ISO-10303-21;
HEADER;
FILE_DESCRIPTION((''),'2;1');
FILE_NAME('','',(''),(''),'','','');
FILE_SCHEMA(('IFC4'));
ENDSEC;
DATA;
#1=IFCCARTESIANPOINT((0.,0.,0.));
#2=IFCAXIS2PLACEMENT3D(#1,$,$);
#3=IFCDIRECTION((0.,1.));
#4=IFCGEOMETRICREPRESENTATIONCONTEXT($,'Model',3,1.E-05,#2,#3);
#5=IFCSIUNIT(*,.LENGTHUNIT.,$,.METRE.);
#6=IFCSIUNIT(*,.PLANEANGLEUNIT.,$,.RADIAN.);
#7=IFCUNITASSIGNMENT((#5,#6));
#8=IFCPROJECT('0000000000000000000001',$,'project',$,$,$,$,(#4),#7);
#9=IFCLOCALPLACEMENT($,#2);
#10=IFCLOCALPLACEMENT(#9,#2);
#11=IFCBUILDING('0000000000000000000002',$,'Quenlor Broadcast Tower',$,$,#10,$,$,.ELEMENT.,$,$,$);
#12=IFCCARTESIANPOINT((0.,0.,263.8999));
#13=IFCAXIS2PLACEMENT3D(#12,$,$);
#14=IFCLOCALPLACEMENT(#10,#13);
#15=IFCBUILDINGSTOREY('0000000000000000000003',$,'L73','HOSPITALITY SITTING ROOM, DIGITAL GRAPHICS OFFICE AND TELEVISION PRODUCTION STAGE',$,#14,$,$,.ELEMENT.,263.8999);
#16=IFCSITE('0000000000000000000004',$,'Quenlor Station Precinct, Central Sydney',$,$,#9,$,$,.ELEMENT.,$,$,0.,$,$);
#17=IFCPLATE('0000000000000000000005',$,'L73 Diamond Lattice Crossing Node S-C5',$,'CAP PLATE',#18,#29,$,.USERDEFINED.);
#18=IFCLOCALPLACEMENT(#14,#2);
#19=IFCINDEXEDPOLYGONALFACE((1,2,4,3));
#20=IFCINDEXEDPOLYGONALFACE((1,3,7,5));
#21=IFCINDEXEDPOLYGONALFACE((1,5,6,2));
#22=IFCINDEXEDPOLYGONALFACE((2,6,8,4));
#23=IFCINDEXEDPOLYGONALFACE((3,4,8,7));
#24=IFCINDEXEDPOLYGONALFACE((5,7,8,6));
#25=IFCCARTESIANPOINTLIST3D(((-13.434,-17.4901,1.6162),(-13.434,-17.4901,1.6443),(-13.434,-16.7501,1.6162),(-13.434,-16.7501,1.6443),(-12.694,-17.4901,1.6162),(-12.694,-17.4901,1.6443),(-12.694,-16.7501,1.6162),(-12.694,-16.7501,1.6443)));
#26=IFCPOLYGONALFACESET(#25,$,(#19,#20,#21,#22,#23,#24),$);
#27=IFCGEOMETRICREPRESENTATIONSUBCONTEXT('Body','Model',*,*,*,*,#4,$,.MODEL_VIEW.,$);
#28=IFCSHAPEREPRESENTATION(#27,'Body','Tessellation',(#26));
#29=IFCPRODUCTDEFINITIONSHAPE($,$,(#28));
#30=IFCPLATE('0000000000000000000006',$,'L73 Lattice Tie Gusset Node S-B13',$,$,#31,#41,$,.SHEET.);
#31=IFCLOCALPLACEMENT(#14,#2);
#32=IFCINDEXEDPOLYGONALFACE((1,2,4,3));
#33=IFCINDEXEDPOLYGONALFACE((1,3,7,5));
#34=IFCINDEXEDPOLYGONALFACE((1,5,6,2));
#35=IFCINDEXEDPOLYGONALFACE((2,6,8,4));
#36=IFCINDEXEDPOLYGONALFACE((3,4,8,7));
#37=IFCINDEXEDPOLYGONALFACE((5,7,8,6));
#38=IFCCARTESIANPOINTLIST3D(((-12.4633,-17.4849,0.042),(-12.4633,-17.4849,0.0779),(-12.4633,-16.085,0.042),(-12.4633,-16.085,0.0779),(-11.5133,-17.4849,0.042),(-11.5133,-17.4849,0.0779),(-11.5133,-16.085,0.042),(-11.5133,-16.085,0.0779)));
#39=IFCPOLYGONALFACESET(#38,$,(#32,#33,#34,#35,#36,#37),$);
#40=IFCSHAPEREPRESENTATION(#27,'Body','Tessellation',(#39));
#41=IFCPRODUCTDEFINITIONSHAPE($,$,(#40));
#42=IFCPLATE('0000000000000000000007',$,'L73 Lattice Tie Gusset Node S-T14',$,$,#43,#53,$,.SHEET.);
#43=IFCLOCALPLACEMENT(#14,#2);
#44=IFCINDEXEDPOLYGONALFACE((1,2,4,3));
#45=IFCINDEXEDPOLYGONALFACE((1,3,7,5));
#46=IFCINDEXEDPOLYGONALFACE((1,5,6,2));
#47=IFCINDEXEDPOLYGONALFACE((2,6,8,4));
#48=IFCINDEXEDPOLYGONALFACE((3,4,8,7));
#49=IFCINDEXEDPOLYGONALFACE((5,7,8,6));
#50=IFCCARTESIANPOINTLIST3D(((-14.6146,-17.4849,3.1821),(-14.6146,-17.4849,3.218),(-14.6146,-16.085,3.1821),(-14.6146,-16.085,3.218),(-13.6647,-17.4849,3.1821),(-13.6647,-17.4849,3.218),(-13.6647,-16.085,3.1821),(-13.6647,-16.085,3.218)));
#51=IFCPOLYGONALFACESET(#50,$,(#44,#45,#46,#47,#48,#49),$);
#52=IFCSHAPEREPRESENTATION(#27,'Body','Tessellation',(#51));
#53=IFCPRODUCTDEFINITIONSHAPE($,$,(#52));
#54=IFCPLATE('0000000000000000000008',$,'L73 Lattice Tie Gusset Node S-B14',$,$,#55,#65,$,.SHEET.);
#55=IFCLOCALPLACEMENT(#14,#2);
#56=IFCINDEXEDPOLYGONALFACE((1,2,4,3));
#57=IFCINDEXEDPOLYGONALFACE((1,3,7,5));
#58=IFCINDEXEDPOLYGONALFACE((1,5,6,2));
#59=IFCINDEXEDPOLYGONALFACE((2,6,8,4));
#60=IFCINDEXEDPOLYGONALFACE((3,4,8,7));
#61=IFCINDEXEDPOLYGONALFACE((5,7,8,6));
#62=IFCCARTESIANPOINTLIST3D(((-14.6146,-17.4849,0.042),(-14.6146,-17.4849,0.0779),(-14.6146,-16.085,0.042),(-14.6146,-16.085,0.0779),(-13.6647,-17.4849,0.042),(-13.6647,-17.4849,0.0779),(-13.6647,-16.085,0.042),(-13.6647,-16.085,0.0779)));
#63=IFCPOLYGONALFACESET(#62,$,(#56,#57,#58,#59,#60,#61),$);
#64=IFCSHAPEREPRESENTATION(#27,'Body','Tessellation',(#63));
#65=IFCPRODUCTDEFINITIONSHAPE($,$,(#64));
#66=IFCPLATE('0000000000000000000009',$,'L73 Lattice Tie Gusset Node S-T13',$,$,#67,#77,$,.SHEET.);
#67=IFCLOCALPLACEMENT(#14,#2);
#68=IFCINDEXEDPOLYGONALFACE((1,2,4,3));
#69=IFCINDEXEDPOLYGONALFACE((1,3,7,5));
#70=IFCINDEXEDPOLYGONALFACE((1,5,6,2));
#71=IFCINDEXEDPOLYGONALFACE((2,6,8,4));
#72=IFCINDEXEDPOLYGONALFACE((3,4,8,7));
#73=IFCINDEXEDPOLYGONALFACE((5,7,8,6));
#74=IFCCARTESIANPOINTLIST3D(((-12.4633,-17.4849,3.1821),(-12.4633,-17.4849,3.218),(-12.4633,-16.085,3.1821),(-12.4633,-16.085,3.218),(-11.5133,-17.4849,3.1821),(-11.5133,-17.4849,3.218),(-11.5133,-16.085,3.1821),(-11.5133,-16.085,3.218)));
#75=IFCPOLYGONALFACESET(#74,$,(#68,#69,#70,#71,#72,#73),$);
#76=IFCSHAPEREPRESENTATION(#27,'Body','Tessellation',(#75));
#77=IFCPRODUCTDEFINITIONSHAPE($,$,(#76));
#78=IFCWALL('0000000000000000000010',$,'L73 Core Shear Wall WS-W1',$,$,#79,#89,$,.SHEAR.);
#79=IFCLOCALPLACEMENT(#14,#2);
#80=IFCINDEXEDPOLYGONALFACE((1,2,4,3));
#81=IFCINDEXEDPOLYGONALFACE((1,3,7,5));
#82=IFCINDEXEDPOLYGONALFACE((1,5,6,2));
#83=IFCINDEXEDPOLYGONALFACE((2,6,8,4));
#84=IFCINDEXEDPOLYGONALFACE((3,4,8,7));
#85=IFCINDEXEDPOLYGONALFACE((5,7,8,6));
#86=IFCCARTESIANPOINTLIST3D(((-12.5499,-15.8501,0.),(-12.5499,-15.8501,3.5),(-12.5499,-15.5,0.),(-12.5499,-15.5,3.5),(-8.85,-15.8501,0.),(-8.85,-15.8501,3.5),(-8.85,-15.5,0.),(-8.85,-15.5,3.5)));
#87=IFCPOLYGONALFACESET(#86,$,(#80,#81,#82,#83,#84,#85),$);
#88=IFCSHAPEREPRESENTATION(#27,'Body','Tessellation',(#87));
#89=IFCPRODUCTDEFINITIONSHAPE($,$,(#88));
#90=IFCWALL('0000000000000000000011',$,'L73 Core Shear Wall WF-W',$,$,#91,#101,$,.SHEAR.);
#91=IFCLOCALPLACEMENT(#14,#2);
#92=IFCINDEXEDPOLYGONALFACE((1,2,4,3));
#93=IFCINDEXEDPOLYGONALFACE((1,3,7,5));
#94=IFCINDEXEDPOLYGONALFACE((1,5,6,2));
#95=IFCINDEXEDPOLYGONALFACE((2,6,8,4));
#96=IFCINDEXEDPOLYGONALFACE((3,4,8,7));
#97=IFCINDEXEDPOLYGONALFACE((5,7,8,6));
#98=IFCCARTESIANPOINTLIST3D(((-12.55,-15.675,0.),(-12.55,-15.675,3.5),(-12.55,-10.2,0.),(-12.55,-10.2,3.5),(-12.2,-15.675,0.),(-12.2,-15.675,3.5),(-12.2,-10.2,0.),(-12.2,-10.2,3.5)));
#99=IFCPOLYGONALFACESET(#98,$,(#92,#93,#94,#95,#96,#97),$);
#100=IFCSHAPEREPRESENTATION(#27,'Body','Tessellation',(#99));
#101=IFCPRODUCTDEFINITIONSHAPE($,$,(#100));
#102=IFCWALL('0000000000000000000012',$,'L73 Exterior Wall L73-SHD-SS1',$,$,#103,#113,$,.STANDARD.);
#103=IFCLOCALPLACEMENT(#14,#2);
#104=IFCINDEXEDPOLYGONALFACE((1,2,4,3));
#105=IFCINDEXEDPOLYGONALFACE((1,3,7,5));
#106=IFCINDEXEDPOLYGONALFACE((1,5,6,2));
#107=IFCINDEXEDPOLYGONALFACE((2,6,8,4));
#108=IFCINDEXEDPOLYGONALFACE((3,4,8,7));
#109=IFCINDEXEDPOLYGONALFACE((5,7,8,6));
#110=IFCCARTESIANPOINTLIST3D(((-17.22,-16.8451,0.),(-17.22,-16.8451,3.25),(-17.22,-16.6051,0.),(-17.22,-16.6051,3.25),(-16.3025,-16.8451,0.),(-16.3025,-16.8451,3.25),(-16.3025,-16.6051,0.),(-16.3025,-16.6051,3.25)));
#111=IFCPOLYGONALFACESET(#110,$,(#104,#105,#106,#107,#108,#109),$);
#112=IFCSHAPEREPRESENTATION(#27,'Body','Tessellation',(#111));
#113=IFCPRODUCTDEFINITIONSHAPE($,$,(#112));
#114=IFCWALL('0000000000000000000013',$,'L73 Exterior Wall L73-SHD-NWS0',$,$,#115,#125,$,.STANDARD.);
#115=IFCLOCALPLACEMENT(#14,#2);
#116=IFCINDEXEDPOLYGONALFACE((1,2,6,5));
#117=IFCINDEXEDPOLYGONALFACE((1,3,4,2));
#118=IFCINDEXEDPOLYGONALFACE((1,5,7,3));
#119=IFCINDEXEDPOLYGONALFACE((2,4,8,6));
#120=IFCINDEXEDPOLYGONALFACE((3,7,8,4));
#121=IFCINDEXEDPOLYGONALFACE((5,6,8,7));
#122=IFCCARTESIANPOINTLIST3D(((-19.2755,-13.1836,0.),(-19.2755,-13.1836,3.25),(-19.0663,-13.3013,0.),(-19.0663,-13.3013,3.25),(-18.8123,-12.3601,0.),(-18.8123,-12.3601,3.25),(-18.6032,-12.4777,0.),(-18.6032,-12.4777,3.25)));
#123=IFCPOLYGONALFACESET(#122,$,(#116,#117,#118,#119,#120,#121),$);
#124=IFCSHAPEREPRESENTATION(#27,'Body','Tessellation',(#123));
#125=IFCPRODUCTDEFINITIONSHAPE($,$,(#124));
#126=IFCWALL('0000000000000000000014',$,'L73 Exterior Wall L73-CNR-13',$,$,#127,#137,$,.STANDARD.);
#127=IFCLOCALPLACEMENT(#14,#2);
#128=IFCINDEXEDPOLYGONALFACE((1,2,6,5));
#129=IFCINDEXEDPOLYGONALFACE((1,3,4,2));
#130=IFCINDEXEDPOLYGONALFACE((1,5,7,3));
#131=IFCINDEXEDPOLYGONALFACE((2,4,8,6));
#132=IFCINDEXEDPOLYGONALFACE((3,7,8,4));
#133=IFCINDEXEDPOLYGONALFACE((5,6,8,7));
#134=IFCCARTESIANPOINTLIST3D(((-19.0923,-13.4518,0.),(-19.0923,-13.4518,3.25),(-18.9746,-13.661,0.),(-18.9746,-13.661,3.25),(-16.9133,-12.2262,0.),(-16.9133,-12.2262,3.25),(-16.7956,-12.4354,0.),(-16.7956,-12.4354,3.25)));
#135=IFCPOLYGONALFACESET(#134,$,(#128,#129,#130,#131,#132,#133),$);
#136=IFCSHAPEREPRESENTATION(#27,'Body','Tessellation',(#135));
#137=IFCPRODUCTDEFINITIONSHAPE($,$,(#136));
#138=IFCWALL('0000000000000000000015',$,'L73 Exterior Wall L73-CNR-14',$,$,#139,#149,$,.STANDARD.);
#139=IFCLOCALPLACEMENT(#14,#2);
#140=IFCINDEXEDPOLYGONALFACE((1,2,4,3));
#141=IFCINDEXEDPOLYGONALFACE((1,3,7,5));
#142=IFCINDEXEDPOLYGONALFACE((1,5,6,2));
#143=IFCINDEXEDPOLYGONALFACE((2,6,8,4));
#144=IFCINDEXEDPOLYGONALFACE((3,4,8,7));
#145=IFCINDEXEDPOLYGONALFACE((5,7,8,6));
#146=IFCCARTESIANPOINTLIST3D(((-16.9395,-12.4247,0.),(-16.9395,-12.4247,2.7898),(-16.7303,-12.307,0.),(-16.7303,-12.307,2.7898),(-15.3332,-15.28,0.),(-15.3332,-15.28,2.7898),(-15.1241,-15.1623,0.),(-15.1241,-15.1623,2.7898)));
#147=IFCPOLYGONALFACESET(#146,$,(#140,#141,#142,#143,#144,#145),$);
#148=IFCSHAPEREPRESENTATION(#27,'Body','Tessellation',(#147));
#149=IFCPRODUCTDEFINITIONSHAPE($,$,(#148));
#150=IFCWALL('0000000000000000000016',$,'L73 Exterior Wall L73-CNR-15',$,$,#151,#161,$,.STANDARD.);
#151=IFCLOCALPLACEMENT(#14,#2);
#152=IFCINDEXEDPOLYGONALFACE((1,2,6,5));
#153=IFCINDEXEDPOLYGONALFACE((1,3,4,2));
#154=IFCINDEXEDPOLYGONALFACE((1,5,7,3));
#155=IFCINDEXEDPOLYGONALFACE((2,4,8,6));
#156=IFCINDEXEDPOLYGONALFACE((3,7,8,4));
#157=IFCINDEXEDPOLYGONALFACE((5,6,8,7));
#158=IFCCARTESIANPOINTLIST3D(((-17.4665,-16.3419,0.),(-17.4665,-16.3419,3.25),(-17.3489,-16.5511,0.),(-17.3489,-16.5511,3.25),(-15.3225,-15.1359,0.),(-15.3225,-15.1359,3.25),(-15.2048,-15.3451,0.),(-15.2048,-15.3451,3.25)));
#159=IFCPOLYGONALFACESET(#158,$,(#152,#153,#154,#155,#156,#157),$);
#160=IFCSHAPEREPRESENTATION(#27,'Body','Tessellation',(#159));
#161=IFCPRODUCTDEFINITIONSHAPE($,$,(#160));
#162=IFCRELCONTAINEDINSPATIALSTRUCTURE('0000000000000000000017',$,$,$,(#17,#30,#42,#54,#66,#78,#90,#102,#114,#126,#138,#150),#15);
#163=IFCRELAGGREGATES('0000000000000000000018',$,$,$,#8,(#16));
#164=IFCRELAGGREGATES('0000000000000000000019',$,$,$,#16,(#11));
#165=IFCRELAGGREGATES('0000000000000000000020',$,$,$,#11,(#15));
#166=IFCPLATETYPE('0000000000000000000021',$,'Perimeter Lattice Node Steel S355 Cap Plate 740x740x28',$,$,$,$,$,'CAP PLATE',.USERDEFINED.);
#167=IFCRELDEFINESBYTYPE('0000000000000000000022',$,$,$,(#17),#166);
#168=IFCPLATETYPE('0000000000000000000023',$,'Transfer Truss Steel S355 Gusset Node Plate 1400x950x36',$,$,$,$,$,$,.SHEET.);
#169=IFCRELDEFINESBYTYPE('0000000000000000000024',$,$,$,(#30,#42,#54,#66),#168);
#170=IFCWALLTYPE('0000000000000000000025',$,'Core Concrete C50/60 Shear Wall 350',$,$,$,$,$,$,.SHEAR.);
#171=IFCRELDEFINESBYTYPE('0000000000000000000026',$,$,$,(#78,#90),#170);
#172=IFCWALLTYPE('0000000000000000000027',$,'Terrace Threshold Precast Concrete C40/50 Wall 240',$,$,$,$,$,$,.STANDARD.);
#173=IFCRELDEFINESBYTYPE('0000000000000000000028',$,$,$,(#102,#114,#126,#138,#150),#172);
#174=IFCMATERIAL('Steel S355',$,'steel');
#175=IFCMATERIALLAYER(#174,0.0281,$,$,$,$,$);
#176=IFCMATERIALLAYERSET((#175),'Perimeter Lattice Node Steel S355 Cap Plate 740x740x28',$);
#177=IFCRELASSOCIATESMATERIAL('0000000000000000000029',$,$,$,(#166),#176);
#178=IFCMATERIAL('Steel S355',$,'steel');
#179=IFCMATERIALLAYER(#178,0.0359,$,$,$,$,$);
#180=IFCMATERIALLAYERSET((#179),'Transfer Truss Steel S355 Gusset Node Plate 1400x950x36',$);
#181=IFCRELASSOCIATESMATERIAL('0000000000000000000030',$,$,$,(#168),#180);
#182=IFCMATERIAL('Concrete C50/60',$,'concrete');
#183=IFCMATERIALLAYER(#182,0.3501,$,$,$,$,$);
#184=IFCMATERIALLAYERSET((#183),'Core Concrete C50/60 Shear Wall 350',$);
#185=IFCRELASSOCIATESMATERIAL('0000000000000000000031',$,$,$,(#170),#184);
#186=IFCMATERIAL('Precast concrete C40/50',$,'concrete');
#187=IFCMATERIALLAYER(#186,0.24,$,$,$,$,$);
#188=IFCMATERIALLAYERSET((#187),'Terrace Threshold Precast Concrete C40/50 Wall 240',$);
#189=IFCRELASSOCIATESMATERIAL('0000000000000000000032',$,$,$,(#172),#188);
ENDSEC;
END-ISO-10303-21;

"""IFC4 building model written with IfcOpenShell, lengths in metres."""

from ifc_helpers import new_model, si_unit, direction, frame, frame_2d, origin, origin_2d, place, context, subcontext, project, spatial, rectangle, extrude, material, layer, layer_set, type_object, element, save


model = new_model("IFC4")

# Units and contexts
model_context = context("Model", 3, precision=1e-05, world=origin(), true_north=direction((0.0, 1.0)))
body_context = subcontext(model_context, "Body", "Model", "MODEL_VIEW")
ifc_project = project(units=[si_unit("LENGTHUNIT", "METRE"), si_unit("PLANEANGLEUNIT", "RADIAN")], contexts=[model_context])

# Site, building, storey
site_placement = place(None, origin())
site = spatial("IfcSite", under=ifc_project, at=site_placement, Name="Quenlor Station Precinct, Central Sydney", CompositionType="ELEMENT", RefElevation=0.0)
building_placement = place(site_placement, origin())
building = spatial("IfcBuilding", under=site, at=building_placement, Name="Quenlor Broadcast Tower", CompositionType="ELEMENT")
storey_placement = place(building_placement, frame((0.0, 0.0, 263.8999)))
storey = spatial("IfcBuildingStorey", under=building, at=storey_placement, Name="L73", Description="HOSPITALITY SITTING ROOM, DIGITAL GRAPHICS OFFICE AND TELEVISION PRODUCTION STAGE", CompositionType="ELEMENT", Elevation=263.8999)

# Plates
ifc_material_1 = material(Name="Steel S355", Category="steel")
ifc_layer_1 = layer(ifc_material_1, 0.0281)
ifc_layer_set_1 = layer_set([ifc_layer_1], Name="Perimeter Lattice Node Steel S355 Cap Plate 740x740x28")
plate_type_1 = type_object("IfcPlateType", Name="Perimeter Lattice Node Steel S355 Cap Plate 740x740x28", ElementType="CAP PLATE", PredefinedType="USERDEFINED", material=ifc_layer_set_1)
plate_placement = place(storey_placement, frame((-13.064, -17.1201, 1.6162), z_axis=(0.0, 0.0, 1.0), x_axis=(-1.0, 0.0, 0.0)))
element("IfcPlate", 1, at=plate_placement, inside=storey, type_object=plate_type_1, Name="L73 Diamond Lattice Crossing Node S-C5", ObjectType="CAP PLATE", PredefinedType="USERDEFINED", context=body_context, shape_type="SweptSolid", body=[
    extrude(rectangle(XDim=0.74, YDim=0.74, at=origin_2d()), origin(), (0.0, 0.0, 1.0), 0.0281),
])
ifc_material_2 = material(Name="Steel S355", Category="steel")
ifc_layer_2 = layer(ifc_material_2, 0.0359)
ifc_layer_set_2 = layer_set([ifc_layer_2], Name="Transfer Truss Steel S355 Gusset Node Plate 1400x950x36")
plate_type_2 = type_object("IfcPlateType", Name="Transfer Truss Steel S355 Gusset Node Plate 1400x950x36", PredefinedType="SHEET", material=ifc_layer_set_2)
for number, where, z_axis, x_axis, name in (
    (2, (-11.9883, -16.7849, 0.042), (0.0, 0.0, 1.0), (0.0, -1.0, 0.0), "L73 Lattice Tie Gusset Node S-B13"),
    (3, (-14.1396, -16.7849, 3.1821), (0.0, 0.0, 1.0), (0.0, -1.0, 0.0), "L73 Lattice Tie Gusset Node S-T14"),
    (4, (-14.1396, -16.7849, 0.042), (0.0, 0.0, 1.0), (0.0, -1.0, 0.0), "L73 Lattice Tie Gusset Node S-B14"),
    (5, (-11.9883, -16.7849, 3.1821), (0.0, 0.0, 1.0), (0.0, -1.0, 0.0), "L73 Lattice Tie Gusset Node S-T13"),
):
    element("IfcPlate", number, at=place(storey_placement, frame(where, z_axis=z_axis, x_axis=x_axis)), inside=storey, type_object=plate_type_2, Name=name, PredefinedType="SHEET", context=body_context, shape_type="SweptSolid", body=[
        extrude(rectangle(XDim=1.3999, YDim=0.95, at=origin_2d()), origin(), (0.0, 0.0, 1.0), 0.0359),
    ])

# Walls
ifc_material_3 = material(Name="Concrete C50/60", Category="concrete")
ifc_layer_3 = layer(ifc_material_3, 0.3501)
ifc_layer_set_3 = layer_set([ifc_layer_3], Name="Core Concrete C50/60 Shear Wall 350")
wall_type_1 = type_object("IfcWallType", Name="Core Concrete C50/60 Shear Wall 350", PredefinedType="SHEAR", material=ifc_layer_set_3)
wall_1_placement = place(storey_placement, frame((-12.55, -15.675, 0.0), z_axis=(0.0, 0.0, 1.0), x_axis=(1.0, 0.0, 0.0)))
element("IfcWall", 6, at=wall_1_placement, inside=storey, type_object=wall_type_1, Name="L73 Core Shear Wall WS-W1", PredefinedType="SHEAR", context=body_context, shape_type="SweptSolid", body=[
    extrude(rectangle(XDim=3.7, YDim=0.3501, at=frame_2d((1.8501, 0.0))), origin(), (0.0, 0.0, 1.0), 3.5),
])
wall_2_placement = place(storey_placement, frame((-12.375, -15.675, 0.0), z_axis=(0.0, 0.0, 1.0), x_axis=(0.0, 1.0, 0.0)))
element("IfcWall", 7, at=wall_2_placement, inside=storey, type_object=wall_type_1, Name="L73 Core Shear Wall WF-W", PredefinedType="SHEAR", context=body_context, shape_type="SweptSolid", body=[
    extrude(rectangle(XDim=5.4751, YDim=0.3501, at=frame_2d((2.7375, 0.0))), origin(), (0.0, 0.0, 1.0), 3.5),
])
ifc_material_4 = material(Name="Precast concrete C40/50", Category="concrete")
ifc_layer_4 = layer(ifc_material_4, 0.24)
ifc_layer_set_4 = layer_set([ifc_layer_4], Name="Terrace Threshold Precast Concrete C40/50 Wall 240")
wall_type_2 = type_object("IfcWallType", Name="Terrace Threshold Precast Concrete C40/50 Wall 240", PredefinedType="STANDARD", material=ifc_layer_set_4)
wall_3_placement = place(storey_placement, frame((-16.3025, -16.7251, 0.0), z_axis=(0.0, 0.0, 1.0), x_axis=(-1.0, 0.0, 0.0)))
element("IfcWall", 8, at=wall_3_placement, inside=storey, type_object=wall_type_2, Name="L73 Exterior Wall L73-SHD-SS1", PredefinedType="STANDARD", context=body_context, shape_type="SweptSolid", body=[
    extrude(rectangle(XDim=0.9175, YDim=0.24, at=frame_2d((0.4587, 0.0))), origin(), (0.0, 0.0, 1.0), 3.25),
])
wall_4_placement = place(storey_placement, frame((-19.1709, -13.2424, 0.0), z_axis=(0.0, 0.0, 1.0), x_axis=(0.4902, 0.87161, 0.0)))
element("IfcWall", 9, at=wall_4_placement, inside=storey, type_object=wall_type_2, Name="L73 Exterior Wall L73-SHD-NWS0", PredefinedType="STANDARD", context=body_context, shape_type="SweptSolid", body=[
    extrude(rectangle(XDim=0.9448, YDim=0.24, at=frame_2d((0.4724, 0.0))), origin(), (0.0, 0.0, 1.0), 3.25),
])
wall_5_placement = place(storey_placement, frame((-19.0334, -13.5564, 0.0), z_axis=(0.0, 0.0, 1.0), x_axis=(0.871589, 0.490238, 0.0)))
element("IfcWall", 10, at=wall_5_placement, inside=storey, type_object=wall_type_2, Name="L73 Exterior Wall L73-CNR-13", PredefinedType="STANDARD", context=body_context, shape_type="SweptSolid", body=[
    extrude(rectangle(XDim=2.5, YDim=0.24, at=frame_2d((1.25, 0.0))), origin(), (0.0, 0.0, 1.0), 3.25),
])
wall_6_placement = place(storey_placement, frame((-16.835, -12.3657, 0.0), z_axis=(0.0, 0.0, 1.0), x_axis=(0.490293, -0.871558, 0.0)))
element("IfcWall", 11, at=wall_6_placement, inside=storey, type_object=wall_type_2, Name="L73 Exterior Wall L73-CNR-14", PredefinedType="STANDARD", context=body_context, shape_type="SweptSolid", body=[
    extrude(rectangle(XDim=3.2761, YDim=0.24, at=frame_2d((1.6382, 0.0))), origin(), (0.0, 0.0, 1.0), 2.7898),
])
wall_7_placement = place(storey_placement, frame((-15.2637, -15.2405, 0.0), z_axis=(0.0, 0.0, 1.0), x_axis=(-0.87157, -0.490271, 0.0)))
element("IfcWall", 12, at=wall_7_placement, inside=storey, type_object=wall_type_2, Name="L73 Exterior Wall L73-CNR-15", PredefinedType="STANDARD", context=body_context, shape_type="SweptSolid", body=[
    extrude(rectangle(XDim=2.46, YDim=0.24, at=frame_2d((1.23, 0.0))), origin(), (0.0, 0.0, 1.0), 3.25),
])

save(model, "model.ifc")
